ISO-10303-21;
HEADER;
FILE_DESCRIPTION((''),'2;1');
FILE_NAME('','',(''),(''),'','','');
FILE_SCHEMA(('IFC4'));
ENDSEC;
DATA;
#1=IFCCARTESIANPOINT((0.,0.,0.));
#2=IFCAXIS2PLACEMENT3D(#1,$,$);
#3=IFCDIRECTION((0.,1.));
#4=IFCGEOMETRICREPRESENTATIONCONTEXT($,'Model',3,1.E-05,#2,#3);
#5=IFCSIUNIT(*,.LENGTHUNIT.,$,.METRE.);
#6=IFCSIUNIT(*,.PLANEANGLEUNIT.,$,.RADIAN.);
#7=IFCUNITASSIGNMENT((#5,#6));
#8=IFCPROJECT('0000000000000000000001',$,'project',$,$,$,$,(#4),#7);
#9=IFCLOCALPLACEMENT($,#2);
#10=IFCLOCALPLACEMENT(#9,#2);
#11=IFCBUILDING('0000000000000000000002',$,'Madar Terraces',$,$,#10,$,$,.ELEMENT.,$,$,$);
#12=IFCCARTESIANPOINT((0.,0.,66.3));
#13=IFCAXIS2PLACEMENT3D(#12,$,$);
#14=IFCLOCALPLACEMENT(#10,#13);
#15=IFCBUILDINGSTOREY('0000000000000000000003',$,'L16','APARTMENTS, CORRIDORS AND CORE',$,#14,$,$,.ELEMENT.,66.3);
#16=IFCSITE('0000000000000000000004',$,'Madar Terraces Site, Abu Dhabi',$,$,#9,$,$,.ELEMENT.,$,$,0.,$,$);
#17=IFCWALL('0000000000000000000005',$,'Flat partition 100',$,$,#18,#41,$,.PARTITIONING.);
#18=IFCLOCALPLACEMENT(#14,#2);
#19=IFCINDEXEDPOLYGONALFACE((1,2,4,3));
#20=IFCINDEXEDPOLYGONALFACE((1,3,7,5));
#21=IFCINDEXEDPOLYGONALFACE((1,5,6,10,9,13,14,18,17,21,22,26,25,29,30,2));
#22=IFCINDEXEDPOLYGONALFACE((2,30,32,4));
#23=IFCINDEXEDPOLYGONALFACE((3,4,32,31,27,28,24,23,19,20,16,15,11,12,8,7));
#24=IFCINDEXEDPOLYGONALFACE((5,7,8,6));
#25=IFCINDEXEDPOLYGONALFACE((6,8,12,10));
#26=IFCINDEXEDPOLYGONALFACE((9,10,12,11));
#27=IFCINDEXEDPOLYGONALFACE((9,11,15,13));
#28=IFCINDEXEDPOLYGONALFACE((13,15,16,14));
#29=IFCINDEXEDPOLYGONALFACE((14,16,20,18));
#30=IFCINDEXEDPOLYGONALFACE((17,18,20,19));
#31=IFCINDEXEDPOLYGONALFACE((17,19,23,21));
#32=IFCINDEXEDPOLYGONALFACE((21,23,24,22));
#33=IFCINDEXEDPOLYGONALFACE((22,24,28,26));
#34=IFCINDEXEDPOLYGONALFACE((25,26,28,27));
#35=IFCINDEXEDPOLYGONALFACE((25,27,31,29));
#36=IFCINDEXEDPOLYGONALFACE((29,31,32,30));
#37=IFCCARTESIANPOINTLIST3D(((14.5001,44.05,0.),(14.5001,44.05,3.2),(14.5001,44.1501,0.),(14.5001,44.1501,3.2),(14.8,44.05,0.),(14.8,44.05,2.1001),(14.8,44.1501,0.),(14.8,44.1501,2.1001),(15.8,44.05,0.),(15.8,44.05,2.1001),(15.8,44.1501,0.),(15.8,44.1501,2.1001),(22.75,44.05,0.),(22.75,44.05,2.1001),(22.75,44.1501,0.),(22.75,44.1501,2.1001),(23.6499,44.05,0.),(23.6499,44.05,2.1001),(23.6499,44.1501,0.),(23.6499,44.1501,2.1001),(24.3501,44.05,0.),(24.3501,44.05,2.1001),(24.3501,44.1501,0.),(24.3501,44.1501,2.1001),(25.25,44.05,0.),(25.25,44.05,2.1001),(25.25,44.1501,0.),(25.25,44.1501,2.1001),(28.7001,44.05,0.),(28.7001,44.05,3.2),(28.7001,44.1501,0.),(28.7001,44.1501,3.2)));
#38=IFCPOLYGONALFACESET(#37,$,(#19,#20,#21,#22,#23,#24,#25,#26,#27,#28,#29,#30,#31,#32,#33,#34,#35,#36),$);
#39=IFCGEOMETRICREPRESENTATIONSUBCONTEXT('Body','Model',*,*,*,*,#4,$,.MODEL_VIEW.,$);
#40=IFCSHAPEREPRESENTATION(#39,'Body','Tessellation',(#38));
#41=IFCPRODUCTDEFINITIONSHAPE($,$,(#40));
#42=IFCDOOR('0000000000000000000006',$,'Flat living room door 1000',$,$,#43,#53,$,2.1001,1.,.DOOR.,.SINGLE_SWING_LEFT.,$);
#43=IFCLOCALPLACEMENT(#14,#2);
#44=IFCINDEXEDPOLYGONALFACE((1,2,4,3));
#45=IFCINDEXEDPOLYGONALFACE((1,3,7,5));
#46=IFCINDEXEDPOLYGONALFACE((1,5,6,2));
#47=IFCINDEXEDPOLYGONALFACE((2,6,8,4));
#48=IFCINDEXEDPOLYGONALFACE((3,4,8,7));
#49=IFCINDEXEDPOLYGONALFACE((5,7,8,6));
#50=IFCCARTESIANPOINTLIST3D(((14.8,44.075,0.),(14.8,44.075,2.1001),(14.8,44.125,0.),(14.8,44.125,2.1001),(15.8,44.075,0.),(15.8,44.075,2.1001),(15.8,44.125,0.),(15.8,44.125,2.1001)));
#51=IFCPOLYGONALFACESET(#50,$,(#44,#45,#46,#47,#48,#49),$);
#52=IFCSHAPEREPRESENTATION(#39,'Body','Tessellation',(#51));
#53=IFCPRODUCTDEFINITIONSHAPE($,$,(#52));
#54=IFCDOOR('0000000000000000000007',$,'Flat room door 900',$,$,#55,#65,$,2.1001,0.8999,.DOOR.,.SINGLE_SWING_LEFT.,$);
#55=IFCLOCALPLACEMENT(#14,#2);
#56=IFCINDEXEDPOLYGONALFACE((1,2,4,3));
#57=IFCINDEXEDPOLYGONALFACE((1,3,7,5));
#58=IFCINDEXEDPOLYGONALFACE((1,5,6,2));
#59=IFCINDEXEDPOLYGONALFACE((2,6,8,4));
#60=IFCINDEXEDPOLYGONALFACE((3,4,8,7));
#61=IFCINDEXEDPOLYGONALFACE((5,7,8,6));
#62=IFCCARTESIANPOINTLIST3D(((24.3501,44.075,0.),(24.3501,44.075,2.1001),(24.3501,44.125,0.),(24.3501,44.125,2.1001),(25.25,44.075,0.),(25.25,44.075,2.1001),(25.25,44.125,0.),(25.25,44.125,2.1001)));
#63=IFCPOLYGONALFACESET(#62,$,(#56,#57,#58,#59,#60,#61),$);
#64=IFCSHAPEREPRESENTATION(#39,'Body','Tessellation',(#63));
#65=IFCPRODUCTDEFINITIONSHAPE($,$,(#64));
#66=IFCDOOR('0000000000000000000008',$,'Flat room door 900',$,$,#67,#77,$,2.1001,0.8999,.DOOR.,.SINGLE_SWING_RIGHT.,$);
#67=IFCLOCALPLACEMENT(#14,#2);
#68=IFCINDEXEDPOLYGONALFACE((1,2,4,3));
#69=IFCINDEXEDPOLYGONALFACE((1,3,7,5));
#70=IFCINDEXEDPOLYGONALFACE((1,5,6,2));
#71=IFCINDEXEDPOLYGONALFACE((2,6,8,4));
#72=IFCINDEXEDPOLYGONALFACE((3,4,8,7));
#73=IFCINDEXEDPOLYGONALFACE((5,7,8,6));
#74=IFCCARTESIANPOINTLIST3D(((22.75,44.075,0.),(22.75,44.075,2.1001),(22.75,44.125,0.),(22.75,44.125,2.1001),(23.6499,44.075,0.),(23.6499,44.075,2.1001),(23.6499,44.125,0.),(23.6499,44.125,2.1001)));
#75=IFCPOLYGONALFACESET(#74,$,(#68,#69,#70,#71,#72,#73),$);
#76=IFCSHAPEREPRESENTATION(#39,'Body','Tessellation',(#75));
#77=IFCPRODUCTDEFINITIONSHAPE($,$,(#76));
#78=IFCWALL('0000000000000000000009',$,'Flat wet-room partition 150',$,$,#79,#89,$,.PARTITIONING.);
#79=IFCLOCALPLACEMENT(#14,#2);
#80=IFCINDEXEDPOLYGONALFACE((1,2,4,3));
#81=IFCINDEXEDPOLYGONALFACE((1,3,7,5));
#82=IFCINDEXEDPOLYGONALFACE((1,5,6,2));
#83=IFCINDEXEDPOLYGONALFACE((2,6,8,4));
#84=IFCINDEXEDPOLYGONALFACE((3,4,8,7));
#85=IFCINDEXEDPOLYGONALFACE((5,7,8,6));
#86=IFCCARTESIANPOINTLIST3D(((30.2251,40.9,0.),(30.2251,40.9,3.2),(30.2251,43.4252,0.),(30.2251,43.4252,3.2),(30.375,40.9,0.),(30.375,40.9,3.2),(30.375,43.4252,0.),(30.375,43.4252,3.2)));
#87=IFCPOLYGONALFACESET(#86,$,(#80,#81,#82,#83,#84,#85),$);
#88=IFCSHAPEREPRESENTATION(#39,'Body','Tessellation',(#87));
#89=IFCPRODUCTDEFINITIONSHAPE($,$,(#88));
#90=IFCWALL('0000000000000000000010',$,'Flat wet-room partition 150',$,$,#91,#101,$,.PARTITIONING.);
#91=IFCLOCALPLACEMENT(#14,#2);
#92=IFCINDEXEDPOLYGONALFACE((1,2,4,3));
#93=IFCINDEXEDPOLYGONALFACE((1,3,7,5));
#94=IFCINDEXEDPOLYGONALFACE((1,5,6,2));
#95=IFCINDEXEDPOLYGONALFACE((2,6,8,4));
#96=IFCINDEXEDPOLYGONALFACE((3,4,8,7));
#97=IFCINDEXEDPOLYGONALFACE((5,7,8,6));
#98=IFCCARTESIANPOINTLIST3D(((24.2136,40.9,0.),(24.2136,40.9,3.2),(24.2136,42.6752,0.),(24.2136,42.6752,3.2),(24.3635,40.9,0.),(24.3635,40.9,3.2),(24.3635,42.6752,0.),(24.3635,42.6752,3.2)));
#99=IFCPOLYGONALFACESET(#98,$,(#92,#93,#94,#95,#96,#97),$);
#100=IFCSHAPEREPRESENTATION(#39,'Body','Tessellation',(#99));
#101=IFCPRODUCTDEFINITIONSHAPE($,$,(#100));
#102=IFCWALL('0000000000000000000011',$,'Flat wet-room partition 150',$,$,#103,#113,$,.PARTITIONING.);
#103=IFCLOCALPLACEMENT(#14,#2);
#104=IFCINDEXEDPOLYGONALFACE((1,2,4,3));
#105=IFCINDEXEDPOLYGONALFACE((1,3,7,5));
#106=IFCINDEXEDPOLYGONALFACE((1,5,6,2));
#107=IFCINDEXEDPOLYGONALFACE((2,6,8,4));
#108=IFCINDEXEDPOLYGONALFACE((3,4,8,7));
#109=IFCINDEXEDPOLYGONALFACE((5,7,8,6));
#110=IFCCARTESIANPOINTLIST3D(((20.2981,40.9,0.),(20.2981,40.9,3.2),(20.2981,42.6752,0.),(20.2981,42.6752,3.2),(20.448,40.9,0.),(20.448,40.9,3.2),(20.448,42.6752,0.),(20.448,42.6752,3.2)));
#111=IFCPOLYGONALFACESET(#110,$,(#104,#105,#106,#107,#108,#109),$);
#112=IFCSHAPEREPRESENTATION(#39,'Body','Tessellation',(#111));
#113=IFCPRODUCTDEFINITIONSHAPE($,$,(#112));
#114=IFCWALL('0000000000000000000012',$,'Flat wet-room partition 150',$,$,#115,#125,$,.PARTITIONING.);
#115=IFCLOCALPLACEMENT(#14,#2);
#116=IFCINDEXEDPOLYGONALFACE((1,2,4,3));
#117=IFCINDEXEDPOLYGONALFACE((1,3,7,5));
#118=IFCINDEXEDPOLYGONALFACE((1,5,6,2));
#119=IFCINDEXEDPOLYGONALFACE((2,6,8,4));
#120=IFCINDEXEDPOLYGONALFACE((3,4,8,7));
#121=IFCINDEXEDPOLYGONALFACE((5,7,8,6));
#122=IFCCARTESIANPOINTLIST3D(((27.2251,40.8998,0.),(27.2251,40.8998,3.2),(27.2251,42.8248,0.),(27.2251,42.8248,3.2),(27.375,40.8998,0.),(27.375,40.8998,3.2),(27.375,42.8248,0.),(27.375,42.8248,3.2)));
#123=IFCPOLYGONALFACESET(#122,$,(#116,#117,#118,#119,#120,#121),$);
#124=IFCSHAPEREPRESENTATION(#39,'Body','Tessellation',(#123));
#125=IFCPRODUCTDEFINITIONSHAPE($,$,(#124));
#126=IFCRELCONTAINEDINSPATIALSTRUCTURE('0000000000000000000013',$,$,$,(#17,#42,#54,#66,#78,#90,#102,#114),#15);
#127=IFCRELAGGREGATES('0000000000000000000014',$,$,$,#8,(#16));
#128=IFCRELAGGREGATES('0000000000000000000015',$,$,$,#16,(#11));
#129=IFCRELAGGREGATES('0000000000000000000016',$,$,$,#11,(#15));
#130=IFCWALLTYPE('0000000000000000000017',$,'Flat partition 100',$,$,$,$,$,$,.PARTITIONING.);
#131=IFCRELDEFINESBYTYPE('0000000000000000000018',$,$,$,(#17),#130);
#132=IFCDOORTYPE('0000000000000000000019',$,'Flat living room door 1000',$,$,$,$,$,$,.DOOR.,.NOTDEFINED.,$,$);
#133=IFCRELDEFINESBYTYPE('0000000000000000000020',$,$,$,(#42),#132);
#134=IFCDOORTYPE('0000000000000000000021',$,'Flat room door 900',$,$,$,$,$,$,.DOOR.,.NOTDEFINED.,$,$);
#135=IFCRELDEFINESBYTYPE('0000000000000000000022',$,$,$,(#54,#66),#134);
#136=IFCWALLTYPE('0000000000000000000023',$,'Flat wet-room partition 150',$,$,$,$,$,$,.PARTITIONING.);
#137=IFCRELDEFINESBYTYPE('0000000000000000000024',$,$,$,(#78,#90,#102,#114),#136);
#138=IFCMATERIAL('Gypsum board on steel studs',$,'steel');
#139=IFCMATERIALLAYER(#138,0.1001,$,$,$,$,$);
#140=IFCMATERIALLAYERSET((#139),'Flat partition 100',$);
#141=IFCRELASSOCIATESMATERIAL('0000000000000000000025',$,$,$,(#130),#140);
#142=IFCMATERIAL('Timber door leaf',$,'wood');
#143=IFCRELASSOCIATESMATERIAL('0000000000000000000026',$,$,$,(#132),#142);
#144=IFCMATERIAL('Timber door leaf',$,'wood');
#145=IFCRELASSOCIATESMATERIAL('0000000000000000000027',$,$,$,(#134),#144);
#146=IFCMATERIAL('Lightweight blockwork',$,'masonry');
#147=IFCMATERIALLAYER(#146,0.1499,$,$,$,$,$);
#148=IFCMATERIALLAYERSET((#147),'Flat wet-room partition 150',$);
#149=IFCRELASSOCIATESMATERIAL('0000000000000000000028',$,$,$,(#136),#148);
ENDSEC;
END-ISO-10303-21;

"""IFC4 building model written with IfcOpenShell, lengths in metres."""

from ifc_helpers import new_model, si_unit, direction, frame, frame_2d, origin, place, context, subcontext, project, spatial, rectangle, extrude, material, layer, layer_set, type_object, element, fill, save


model = new_model("IFC4")

# Units and contexts
model_context = context("Model", 3, precision=1e-05, world=origin(), true_north=direction((0.0, 1.0)))
body_context = subcontext(model_context, "Body", "Model", "MODEL_VIEW")
ifc_project = project(units=[si_unit("LENGTHUNIT", "METRE"), si_unit("PLANEANGLEUNIT", "RADIAN")], contexts=[model_context])

# Site, building, storey
site_placement = place(None, origin())
site = spatial("IfcSite", under=ifc_project, at=site_placement, Name="Madar Terraces Site, Abu Dhabi", CompositionType="ELEMENT", RefElevation=0.0)
building_placement = place(site_placement, origin())
building = spatial("IfcBuilding", under=site, at=building_placement, Name="Madar Terraces", CompositionType="ELEMENT")
storey_placement = place(building_placement, frame((0.0, 0.0, 66.3)))
storey = spatial("IfcBuildingStorey", under=building, at=storey_placement, Name="L16", Description="APARTMENTS, CORRIDORS AND CORE", CompositionType="ELEMENT", Elevation=66.3)

# Wall, openings, doors
ifc_material_1 = material(Name="Gypsum board on steel studs", Category="steel")
ifc_layer_1 = layer(ifc_material_1, 0.1001)
ifc_layer_set_1 = layer_set([ifc_layer_1], Name="Flat partition 100")
wall_type_1 = type_object("IfcWallType", Name="Flat partition 100", PredefinedType="PARTITIONING", material=ifc_layer_set_1)
wall_1_placement = place(storey_placement, frame((14.5, 44.1001, 0.0), z_axis=(0.0, 0.0, 1.0), x_axis=(1.0, 0.0, 0.0)))
wall_1 = element("IfcWall", 1, at=wall_1_placement, inside=storey, type_object=wall_type_1, Name="Flat partition 100", PredefinedType="PARTITIONING", context=body_context, shape_type="SweptSolid", body=[
    extrude(rectangle(XDim=14.2, YDim=0.1001, at=frame_2d((7.1001, 0.0))), origin(), (0.0, 0.0, 1.0), 3.2),
])
opening_1_placement = place(wall_1_placement, frame((9.8501, 0.0, 0.0)))
opening_1 = element("IfcOpeningElement", 2, at=opening_1_placement, cuts=wall_1, PredefinedType="OPENING", context=body_context, shape_type="SweptSolid", body=[
    extrude(rectangle(XDim=0.8999, YDim=2.1001, at=frame_2d((0.45, 1.05))), frame((0.0, 0.0601, 0.0), z_axis=(0.0, -1.0, 0.0), x_axis=(1.0, 0.0, 0.0)), (0.0, 0.0, 1.0), 0.1201),
])
opening_2_placement = place(wall_1_placement, frame((8.25, 0.0, 0.0)))
opening_2 = element("IfcOpeningElement", 3, at=opening_2_placement, cuts=wall_1, PredefinedType="OPENING", context=body_context, shape_type="SweptSolid", body=[
    extrude(rectangle(XDim=0.8999, YDim=2.1001, at=frame_2d((0.45, 1.05))), frame((0.0, 0.0601, 0.0), z_axis=(0.0, -1.0, 0.0), x_axis=(1.0, 0.0, 0.0)), (0.0, 0.0, 1.0), 0.1201),
])
opening_3_placement = place(wall_1_placement, frame((0.3, 0.0, 0.0)))
opening_3 = element("IfcOpeningElement", 4, at=opening_3_placement, cuts=wall_1, PredefinedType="OPENING", context=body_context, shape_type="SweptSolid", body=[
    extrude(rectangle(XDim=1.0, YDim=2.1001, at=frame_2d((0.5, 1.05))), frame((0.0, 0.0601, 0.0), z_axis=(0.0, -1.0, 0.0), x_axis=(1.0, 0.0, 0.0)), (0.0, 0.0, 1.0), 0.1201),
])
ifc_material_2 = material(Name="Timber door leaf", Category="wood")
door_type_1 = type_object("IfcDoorType", Name="Flat living room door 1000", OperationType="NOTDEFINED", PredefinedType="DOOR", material=ifc_material_2)
door_1_placement = place(opening_3_placement, origin())
door_1 = element("IfcDoor", 5, at=door_1_placement, inside=storey, type_object=door_type_1, Name="Flat living room door 1000", OperationType="SINGLE_SWING_LEFT", OverallHeight=2.1001, OverallWidth=1.0, PredefinedType="DOOR", context=body_context, shape_type="SweptSolid", body=[
    extrude(rectangle(XDim=1.0, YDim=2.1001, at=frame_2d((0.5, 1.05))), frame((0.0, 0.0249, 0.0), z_axis=(0.0, -1.0, 0.0), x_axis=(1.0, 0.0, 0.0)), (0.0, 0.0, 1.0), 0.05),
])
fill(opening_3, door_1)
ifc_material_3 = material(Name="Timber door leaf", Category="wood")
door_type_2 = type_object("IfcDoorType", Name="Flat room door 900", OperationType="NOTDEFINED", PredefinedType="DOOR", material=ifc_material_3)
door_2_placement = place(opening_1_placement, origin())
door_2 = element("IfcDoor", 6, at=door_2_placement, inside=storey, type_object=door_type_2, Name="Flat room door 900", OperationType="SINGLE_SWING_LEFT", OverallHeight=2.1001, OverallWidth=0.8999, PredefinedType="DOOR", context=body_context, shape_type="SweptSolid", body=[
    extrude(rectangle(XDim=0.8999, YDim=2.1001, at=frame_2d((0.45, 1.05))), frame((0.0, 0.0249, 0.0), z_axis=(0.0, -1.0, 0.0), x_axis=(1.0, 0.0, 0.0)), (0.0, 0.0, 1.0), 0.05),
])
fill(opening_1, door_2)
door_3_placement = place(opening_2_placement, origin())
door_3 = element("IfcDoor", 7, at=door_3_placement, inside=storey, type_object=door_type_2, Name="Flat room door 900", OperationType="SINGLE_SWING_RIGHT", OverallHeight=2.1001, OverallWidth=0.8999, PredefinedType="DOOR", context=body_context, shape_type="SweptSolid", body=[
    extrude(rectangle(XDim=0.8999, YDim=2.1001, at=frame_2d((0.45, 1.05))), frame((0.0, 0.0249, 0.0), z_axis=(0.0, -1.0, 0.0), x_axis=(1.0, 0.0, 0.0)), (0.0, 0.0, 1.0), 0.05),
])
fill(opening_2, door_3)

# Walls
ifc_material_4 = material(Name="Lightweight blockwork", Category="masonry")
ifc_layer_2 = layer(ifc_material_4, 0.1499)
ifc_layer_set_2 = layer_set([ifc_layer_2], Name="Flat wet-room partition 150")
wall_type_2 = type_object("IfcWallType", Name="Flat wet-room partition 150", PredefinedType="PARTITIONING", material=ifc_layer_set_2)
wall_2_placement = place(storey_placement, frame((30.3, 40.8999, 0.0), z_axis=(0.0, 0.0, 1.0), x_axis=(0.0, 1.0, 0.0)))
element("IfcWall", 8, at=wall_2_placement, inside=storey, type_object=wall_type_2, Name="Flat wet-room partition 150", PredefinedType="PARTITIONING", context=body_context, shape_type="SweptSolid", body=[
    extrude(rectangle(XDim=2.5251, YDim=0.1499, at=frame_2d((1.2627, 0.0))), origin(), (0.0, 0.0, 1.0), 3.2),
])
for number, where, z_axis, x_axis, name in (
    (9, (24.2886, 40.8999, 0.0), (0.0, 0.0, 1.0), (0.0, 1.0, 0.0), "Flat wet-room partition 150"),
    (10, (20.373, 40.8999, 0.0), (0.0, 0.0, 1.0), (0.0, 1.0, 0.0), "Flat wet-room partition 150"),
):
    element("IfcWall", number, at=place(storey_placement, frame(where, z_axis=z_axis, x_axis=x_axis)), inside=storey, type_object=wall_type_2, Name=name, PredefinedType="PARTITIONING", context=body_context, shape_type="SweptSolid", body=[
        extrude(rectangle(XDim=1.7751, YDim=0.1499, at=frame_2d((0.8877, 0.0))), origin(), (0.0, 0.0, 1.0), 3.2),
    ])
wall_3_placement = place(storey_placement, frame((27.3, 40.8999, 0.0), z_axis=(0.0, 0.0, 1.0), x_axis=(0.0, 1.0, 0.0)))
element("IfcWall", 11, at=wall_3_placement, inside=storey, type_object=wall_type_2, Name="Flat wet-room partition 150", PredefinedType="PARTITIONING", context=body_context, shape_type="SweptSolid", body=[
    extrude(rectangle(XDim=1.925, YDim=0.1499, at=frame_2d((0.9624, 0.0))), origin(), (0.0, 0.0, 1.0), 3.2),
])

save(model, "model.ifc")
